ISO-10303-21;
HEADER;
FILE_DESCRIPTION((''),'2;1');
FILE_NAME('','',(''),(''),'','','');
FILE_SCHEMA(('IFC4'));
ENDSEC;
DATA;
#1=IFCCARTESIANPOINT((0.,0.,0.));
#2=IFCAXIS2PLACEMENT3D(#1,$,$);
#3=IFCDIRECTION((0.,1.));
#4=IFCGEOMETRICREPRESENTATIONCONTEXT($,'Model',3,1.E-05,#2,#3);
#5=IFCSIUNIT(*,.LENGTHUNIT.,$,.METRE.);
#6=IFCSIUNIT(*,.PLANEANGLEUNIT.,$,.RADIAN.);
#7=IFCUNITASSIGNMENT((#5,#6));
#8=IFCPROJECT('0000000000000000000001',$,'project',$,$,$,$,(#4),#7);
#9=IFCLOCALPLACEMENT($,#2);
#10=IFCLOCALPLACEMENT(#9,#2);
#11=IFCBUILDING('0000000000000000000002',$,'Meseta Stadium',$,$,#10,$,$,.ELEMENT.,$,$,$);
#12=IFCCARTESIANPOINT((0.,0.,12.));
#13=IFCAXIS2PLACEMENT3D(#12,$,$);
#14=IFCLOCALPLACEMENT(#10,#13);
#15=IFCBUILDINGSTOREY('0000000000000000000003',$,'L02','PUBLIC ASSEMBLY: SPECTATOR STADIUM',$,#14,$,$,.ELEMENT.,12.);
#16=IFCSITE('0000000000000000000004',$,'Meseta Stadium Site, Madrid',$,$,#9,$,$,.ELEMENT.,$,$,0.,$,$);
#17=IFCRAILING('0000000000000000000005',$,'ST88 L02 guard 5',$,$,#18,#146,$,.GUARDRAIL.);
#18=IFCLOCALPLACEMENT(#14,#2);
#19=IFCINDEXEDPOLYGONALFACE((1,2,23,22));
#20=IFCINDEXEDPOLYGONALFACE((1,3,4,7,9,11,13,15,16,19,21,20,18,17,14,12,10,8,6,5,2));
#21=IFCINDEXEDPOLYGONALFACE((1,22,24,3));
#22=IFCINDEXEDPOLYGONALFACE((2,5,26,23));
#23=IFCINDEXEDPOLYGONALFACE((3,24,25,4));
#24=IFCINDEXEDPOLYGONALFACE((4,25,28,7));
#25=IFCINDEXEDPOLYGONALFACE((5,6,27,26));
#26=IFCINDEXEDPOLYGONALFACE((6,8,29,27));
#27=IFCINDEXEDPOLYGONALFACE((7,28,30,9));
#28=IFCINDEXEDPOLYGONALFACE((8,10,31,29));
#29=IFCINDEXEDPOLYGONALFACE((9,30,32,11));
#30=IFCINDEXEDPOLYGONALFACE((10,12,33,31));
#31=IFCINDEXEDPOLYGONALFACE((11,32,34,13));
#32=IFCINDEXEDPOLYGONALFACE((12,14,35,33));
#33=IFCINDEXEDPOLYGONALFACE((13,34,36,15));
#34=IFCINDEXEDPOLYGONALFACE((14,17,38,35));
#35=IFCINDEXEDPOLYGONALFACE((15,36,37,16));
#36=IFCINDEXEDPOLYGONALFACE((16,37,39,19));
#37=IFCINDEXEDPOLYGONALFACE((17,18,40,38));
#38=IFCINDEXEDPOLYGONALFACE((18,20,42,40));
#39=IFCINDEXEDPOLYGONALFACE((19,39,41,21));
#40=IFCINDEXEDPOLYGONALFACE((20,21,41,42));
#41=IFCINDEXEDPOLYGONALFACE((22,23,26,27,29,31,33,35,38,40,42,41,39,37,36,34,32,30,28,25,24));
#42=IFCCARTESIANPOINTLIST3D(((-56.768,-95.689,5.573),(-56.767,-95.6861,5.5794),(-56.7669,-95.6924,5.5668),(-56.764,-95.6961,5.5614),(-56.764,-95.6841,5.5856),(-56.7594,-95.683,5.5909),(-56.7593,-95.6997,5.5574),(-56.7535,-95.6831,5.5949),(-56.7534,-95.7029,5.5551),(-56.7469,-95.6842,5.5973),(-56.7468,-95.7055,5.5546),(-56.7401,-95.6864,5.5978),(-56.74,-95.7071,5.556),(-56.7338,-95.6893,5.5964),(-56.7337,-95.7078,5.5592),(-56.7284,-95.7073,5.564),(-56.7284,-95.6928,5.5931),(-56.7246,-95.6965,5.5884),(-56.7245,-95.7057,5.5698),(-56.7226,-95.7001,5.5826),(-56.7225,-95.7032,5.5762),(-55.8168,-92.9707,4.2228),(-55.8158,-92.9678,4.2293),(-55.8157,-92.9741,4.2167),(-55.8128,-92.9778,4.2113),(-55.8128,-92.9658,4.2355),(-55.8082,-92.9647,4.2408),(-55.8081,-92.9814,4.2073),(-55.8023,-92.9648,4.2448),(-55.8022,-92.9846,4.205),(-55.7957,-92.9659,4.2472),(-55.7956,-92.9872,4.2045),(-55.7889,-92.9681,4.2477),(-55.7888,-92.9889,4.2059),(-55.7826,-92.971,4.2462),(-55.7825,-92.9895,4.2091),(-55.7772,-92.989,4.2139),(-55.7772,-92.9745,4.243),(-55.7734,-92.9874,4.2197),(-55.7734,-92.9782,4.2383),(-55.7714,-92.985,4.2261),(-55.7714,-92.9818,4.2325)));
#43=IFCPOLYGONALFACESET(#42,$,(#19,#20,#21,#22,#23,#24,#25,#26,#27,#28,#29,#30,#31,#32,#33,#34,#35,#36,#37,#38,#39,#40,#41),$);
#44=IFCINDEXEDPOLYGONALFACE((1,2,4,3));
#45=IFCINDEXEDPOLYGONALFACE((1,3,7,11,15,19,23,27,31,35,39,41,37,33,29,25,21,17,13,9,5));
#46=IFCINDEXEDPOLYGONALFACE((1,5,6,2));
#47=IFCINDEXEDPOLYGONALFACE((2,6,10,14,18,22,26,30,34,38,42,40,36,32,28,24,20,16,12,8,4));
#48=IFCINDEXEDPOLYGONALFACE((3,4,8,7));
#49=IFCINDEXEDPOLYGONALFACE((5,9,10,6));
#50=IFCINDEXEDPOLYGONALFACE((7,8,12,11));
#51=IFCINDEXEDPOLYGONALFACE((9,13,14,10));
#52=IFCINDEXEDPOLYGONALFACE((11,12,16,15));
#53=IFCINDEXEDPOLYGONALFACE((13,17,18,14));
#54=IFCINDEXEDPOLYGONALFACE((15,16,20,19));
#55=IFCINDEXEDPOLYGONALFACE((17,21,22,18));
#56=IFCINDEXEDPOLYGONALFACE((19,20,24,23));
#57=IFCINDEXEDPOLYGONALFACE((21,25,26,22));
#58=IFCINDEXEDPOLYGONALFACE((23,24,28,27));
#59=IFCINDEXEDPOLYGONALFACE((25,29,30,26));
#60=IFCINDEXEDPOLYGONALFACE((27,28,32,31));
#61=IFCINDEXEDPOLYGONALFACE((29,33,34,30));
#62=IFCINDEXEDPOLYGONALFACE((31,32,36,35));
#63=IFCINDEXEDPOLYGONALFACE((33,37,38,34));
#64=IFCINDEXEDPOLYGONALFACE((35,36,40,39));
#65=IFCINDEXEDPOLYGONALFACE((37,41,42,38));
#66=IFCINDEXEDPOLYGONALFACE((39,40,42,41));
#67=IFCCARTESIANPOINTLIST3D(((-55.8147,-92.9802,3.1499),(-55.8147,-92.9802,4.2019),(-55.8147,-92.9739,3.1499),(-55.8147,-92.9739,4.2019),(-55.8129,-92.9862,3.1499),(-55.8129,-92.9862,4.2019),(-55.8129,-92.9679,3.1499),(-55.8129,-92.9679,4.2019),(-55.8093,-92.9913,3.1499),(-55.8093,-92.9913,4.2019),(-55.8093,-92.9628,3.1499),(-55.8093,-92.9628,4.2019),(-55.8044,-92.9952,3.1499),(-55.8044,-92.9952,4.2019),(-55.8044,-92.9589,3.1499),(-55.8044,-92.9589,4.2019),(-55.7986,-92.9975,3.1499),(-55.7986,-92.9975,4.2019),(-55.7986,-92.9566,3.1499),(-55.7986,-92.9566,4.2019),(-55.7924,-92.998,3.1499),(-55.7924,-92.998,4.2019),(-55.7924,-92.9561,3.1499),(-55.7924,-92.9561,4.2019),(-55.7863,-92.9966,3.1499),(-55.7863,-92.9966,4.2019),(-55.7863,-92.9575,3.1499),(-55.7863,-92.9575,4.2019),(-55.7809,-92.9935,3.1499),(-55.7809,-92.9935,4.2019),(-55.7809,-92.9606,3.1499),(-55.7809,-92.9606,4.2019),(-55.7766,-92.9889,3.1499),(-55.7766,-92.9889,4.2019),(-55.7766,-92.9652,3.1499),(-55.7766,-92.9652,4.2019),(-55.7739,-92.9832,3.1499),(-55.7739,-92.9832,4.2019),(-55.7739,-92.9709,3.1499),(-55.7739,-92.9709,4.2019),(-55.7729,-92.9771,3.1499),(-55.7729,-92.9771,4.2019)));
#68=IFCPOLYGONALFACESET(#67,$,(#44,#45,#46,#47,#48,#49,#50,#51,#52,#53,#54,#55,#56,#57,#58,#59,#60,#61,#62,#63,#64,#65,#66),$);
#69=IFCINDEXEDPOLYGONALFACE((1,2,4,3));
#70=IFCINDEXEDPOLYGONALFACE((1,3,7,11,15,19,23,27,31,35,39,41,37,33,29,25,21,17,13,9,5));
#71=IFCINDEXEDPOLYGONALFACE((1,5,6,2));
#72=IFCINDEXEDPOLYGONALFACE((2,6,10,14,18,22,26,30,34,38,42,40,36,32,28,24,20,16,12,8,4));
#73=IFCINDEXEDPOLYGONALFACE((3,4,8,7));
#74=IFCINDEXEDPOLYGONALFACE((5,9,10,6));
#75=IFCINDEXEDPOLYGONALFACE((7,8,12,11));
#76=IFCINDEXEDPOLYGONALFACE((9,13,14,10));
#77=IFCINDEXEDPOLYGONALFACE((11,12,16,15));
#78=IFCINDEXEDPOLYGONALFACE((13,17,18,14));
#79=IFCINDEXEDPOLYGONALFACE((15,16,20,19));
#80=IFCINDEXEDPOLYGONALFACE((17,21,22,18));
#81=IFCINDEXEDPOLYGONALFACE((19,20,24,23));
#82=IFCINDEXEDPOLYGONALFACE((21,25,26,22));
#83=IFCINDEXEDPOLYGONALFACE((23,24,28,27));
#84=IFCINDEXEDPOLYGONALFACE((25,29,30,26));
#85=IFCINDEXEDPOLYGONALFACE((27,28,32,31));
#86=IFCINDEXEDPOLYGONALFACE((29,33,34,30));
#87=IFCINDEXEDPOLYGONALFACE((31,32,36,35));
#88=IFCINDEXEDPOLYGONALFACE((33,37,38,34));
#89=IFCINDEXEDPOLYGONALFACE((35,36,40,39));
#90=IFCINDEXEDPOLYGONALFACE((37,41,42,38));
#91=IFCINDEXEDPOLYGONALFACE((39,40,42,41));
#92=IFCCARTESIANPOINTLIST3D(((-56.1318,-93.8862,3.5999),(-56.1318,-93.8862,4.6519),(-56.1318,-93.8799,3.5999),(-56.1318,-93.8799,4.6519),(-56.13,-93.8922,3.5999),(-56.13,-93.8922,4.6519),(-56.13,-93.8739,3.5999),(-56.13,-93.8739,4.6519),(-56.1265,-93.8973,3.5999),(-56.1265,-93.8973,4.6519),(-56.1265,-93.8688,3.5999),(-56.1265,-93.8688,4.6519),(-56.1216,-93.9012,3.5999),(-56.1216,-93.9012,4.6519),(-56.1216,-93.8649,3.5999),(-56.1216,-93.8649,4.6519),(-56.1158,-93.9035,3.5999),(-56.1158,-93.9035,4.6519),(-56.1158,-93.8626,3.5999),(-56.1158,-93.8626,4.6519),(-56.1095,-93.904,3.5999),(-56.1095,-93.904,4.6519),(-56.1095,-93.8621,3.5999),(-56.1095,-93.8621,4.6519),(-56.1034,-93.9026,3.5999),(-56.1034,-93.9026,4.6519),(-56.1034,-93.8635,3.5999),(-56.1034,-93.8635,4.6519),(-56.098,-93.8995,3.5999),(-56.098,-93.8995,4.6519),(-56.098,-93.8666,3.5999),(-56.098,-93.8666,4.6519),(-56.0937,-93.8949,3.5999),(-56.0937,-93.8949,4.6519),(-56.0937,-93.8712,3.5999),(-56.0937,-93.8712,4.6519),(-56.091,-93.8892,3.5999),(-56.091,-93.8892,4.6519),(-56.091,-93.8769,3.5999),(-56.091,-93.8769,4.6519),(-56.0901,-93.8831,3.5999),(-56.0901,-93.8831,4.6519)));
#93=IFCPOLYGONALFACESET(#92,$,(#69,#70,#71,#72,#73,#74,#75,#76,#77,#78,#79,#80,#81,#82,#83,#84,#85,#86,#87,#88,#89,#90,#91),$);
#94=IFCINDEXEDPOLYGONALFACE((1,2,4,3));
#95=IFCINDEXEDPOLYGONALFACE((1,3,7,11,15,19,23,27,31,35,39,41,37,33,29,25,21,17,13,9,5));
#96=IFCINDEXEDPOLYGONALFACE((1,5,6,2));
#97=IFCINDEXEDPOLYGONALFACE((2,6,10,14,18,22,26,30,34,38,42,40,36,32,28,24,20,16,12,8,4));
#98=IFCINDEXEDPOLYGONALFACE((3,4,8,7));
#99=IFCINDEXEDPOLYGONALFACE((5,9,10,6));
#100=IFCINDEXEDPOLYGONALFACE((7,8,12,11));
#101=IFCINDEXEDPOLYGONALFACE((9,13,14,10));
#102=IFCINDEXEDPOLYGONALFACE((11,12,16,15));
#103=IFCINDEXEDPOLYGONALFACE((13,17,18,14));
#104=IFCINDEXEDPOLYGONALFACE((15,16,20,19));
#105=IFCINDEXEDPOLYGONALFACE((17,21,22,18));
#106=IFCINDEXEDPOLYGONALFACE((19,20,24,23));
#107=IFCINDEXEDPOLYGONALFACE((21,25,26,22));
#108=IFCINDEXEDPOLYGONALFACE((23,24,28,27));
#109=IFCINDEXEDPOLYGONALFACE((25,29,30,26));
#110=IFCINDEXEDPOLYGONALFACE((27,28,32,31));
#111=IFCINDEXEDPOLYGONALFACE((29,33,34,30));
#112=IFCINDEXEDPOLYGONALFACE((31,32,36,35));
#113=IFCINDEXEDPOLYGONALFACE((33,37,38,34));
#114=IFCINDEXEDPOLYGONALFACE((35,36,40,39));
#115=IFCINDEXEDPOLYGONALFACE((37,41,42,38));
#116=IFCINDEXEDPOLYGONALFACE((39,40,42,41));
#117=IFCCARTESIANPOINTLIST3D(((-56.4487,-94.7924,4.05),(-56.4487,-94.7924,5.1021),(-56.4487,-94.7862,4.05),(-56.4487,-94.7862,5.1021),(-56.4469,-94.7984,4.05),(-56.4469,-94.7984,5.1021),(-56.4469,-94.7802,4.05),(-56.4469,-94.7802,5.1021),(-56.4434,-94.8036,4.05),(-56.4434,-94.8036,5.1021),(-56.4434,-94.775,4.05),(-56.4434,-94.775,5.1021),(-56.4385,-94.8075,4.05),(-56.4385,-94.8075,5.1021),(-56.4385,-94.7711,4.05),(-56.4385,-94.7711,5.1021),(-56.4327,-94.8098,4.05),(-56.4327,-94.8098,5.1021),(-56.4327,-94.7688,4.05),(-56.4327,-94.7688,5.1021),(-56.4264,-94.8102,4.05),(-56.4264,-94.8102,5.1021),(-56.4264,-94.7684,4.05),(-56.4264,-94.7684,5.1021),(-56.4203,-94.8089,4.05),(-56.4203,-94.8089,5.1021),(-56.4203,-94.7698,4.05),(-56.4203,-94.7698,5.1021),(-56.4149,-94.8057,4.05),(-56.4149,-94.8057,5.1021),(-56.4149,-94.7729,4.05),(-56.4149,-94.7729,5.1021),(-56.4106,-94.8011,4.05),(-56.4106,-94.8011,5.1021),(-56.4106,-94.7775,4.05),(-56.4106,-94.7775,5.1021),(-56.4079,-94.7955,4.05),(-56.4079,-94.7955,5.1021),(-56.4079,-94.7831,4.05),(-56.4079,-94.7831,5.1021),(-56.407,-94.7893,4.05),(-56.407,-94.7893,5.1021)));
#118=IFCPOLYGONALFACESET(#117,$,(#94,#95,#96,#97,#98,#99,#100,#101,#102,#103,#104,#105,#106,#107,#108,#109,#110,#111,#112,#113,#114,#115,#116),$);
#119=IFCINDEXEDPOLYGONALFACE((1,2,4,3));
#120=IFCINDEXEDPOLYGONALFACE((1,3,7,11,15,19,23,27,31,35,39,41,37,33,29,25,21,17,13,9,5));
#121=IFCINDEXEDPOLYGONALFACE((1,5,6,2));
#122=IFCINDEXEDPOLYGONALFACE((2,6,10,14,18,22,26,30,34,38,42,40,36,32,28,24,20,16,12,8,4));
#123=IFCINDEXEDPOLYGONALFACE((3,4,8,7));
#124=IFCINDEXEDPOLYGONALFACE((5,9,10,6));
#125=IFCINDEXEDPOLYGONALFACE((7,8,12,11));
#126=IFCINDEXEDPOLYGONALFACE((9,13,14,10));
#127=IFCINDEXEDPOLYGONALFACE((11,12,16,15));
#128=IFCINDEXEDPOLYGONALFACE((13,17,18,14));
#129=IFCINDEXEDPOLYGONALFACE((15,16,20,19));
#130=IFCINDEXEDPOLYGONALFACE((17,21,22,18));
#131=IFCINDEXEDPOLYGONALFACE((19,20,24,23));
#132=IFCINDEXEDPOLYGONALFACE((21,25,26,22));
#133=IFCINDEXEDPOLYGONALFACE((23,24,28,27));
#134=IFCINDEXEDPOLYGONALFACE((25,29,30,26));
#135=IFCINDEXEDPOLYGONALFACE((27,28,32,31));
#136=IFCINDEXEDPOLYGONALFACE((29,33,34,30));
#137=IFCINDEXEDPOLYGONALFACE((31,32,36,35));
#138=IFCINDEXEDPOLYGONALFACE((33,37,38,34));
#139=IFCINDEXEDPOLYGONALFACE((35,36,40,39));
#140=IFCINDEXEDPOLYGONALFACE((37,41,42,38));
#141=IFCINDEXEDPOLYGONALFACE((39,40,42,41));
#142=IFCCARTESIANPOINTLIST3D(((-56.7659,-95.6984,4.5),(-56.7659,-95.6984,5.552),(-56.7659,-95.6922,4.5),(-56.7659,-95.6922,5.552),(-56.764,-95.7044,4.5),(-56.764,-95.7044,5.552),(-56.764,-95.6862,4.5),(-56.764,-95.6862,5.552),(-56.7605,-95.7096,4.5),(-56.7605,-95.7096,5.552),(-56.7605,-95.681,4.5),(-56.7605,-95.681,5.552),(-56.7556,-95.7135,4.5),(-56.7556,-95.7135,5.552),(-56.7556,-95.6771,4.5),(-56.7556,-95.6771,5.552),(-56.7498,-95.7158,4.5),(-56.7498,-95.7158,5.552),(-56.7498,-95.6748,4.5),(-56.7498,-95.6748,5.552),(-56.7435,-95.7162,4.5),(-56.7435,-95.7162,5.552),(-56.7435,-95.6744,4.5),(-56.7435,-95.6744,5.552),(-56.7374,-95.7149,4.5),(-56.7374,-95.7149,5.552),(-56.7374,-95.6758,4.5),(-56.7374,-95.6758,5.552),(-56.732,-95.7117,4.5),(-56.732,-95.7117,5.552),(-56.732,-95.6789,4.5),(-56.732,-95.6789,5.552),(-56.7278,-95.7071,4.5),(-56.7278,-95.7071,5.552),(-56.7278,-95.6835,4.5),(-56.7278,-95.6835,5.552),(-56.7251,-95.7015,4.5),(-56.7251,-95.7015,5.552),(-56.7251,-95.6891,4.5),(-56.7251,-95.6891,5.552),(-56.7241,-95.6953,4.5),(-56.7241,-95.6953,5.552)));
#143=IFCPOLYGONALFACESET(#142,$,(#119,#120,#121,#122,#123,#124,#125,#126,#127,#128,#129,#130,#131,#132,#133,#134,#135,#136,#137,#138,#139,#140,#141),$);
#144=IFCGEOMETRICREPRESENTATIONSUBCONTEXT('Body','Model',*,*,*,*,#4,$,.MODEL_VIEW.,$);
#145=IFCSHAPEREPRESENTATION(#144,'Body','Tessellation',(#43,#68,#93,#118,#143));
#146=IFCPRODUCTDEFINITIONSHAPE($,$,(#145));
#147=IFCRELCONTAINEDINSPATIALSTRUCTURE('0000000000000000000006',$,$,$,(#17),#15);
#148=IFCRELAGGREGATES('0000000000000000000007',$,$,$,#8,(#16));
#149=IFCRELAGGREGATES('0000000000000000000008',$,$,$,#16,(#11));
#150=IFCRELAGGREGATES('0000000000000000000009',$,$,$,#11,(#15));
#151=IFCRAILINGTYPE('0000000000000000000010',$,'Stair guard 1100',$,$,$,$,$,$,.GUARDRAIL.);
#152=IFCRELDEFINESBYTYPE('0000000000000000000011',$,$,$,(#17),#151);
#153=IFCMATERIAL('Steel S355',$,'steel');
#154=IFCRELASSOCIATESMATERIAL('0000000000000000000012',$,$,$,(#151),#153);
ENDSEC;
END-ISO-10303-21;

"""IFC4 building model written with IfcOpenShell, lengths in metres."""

from ifc_helpers import new_model, si_unit, direction, frame, origin, origin_2d, place, context, subcontext, project, spatial, circle, extrude, material, type_object, element, save


model = new_model("IFC4")

# Units and contexts
model_context = context("Model", 3, precision=1e-05, world=origin(), true_north=direction((0.0, 1.0)))
body_context = subcontext(model_context, "Body", "Model", "MODEL_VIEW")
ifc_project = project(units=[si_unit("LENGTHUNIT", "METRE"), si_unit("PLANEANGLEUNIT", "RADIAN")], contexts=[model_context])

# Site, building, storey
site_placement = place(None, origin())
site = spatial("IfcSite", under=ifc_project, at=site_placement, Name="Meseta Stadium Site, Madrid", CompositionType="ELEMENT", RefElevation=0.0)
building_placement = place(site_placement, origin())
building = spatial("IfcBuilding", under=site, at=building_placement, Name="Meseta Stadium", CompositionType="ELEMENT")
storey_placement = place(building_placement, frame((0.0, 0.0, 12.0)))
storey = spatial("IfcBuildingStorey", under=building, at=storey_placement, Name="L02", Description="PUBLIC ASSEMBLY: SPECTATOR STADIUM", CompositionType="ELEMENT", Elevation=12.0)

# Railing
ifc_material_1 = material(Name="Steel S355", Category="steel")
railing_type_1 = type_object("IfcRailingType", Name="Stair guard 1100", PredefinedType="GUARDRAIL", material=ifc_material_1)
railing_1_placement = place(storey_placement, frame((-55.7939, -92.9771, 3.1499)))
element("IfcRailing", 1, at=railing_1_placement, inside=storey, type_object=railing_type_1, Name="ST88 L02 guard 5", PredefinedType="GUARDRAIL", context=body_context, shape_type="SweptSolid", body=[
    extrude(circle(Radius=0.0239, at=origin_2d()), frame((0.0, 0.0, 1.0762), z_axis=(-0.299051, -0.854629, 0.424474), x_axis=(0.943882, -0.330282, 0.0)), (0.0, 0.0, 1.0), 3.1807),
    extrude(circle(Radius=0.021, at=origin_2d()), origin(), (0.0, 0.0, 1.0), 1.052),
    extrude(circle(Radius=0.021, at=origin_2d()), frame((-0.3171, -0.906, 0.45)), (0.0, 0.0, 1.0), 1.052),
    extrude(circle(Radius=0.021, at=origin_2d()), frame((-0.634, -1.8123, 0.9001)), (0.0, 0.0, 1.0), 1.052),
    extrude(circle(Radius=0.021, at=origin_2d()), frame((-0.9512, -2.7183, 1.3501)), (0.0, 0.0, 1.0), 1.052),
])

save(model, "model.ifc")
